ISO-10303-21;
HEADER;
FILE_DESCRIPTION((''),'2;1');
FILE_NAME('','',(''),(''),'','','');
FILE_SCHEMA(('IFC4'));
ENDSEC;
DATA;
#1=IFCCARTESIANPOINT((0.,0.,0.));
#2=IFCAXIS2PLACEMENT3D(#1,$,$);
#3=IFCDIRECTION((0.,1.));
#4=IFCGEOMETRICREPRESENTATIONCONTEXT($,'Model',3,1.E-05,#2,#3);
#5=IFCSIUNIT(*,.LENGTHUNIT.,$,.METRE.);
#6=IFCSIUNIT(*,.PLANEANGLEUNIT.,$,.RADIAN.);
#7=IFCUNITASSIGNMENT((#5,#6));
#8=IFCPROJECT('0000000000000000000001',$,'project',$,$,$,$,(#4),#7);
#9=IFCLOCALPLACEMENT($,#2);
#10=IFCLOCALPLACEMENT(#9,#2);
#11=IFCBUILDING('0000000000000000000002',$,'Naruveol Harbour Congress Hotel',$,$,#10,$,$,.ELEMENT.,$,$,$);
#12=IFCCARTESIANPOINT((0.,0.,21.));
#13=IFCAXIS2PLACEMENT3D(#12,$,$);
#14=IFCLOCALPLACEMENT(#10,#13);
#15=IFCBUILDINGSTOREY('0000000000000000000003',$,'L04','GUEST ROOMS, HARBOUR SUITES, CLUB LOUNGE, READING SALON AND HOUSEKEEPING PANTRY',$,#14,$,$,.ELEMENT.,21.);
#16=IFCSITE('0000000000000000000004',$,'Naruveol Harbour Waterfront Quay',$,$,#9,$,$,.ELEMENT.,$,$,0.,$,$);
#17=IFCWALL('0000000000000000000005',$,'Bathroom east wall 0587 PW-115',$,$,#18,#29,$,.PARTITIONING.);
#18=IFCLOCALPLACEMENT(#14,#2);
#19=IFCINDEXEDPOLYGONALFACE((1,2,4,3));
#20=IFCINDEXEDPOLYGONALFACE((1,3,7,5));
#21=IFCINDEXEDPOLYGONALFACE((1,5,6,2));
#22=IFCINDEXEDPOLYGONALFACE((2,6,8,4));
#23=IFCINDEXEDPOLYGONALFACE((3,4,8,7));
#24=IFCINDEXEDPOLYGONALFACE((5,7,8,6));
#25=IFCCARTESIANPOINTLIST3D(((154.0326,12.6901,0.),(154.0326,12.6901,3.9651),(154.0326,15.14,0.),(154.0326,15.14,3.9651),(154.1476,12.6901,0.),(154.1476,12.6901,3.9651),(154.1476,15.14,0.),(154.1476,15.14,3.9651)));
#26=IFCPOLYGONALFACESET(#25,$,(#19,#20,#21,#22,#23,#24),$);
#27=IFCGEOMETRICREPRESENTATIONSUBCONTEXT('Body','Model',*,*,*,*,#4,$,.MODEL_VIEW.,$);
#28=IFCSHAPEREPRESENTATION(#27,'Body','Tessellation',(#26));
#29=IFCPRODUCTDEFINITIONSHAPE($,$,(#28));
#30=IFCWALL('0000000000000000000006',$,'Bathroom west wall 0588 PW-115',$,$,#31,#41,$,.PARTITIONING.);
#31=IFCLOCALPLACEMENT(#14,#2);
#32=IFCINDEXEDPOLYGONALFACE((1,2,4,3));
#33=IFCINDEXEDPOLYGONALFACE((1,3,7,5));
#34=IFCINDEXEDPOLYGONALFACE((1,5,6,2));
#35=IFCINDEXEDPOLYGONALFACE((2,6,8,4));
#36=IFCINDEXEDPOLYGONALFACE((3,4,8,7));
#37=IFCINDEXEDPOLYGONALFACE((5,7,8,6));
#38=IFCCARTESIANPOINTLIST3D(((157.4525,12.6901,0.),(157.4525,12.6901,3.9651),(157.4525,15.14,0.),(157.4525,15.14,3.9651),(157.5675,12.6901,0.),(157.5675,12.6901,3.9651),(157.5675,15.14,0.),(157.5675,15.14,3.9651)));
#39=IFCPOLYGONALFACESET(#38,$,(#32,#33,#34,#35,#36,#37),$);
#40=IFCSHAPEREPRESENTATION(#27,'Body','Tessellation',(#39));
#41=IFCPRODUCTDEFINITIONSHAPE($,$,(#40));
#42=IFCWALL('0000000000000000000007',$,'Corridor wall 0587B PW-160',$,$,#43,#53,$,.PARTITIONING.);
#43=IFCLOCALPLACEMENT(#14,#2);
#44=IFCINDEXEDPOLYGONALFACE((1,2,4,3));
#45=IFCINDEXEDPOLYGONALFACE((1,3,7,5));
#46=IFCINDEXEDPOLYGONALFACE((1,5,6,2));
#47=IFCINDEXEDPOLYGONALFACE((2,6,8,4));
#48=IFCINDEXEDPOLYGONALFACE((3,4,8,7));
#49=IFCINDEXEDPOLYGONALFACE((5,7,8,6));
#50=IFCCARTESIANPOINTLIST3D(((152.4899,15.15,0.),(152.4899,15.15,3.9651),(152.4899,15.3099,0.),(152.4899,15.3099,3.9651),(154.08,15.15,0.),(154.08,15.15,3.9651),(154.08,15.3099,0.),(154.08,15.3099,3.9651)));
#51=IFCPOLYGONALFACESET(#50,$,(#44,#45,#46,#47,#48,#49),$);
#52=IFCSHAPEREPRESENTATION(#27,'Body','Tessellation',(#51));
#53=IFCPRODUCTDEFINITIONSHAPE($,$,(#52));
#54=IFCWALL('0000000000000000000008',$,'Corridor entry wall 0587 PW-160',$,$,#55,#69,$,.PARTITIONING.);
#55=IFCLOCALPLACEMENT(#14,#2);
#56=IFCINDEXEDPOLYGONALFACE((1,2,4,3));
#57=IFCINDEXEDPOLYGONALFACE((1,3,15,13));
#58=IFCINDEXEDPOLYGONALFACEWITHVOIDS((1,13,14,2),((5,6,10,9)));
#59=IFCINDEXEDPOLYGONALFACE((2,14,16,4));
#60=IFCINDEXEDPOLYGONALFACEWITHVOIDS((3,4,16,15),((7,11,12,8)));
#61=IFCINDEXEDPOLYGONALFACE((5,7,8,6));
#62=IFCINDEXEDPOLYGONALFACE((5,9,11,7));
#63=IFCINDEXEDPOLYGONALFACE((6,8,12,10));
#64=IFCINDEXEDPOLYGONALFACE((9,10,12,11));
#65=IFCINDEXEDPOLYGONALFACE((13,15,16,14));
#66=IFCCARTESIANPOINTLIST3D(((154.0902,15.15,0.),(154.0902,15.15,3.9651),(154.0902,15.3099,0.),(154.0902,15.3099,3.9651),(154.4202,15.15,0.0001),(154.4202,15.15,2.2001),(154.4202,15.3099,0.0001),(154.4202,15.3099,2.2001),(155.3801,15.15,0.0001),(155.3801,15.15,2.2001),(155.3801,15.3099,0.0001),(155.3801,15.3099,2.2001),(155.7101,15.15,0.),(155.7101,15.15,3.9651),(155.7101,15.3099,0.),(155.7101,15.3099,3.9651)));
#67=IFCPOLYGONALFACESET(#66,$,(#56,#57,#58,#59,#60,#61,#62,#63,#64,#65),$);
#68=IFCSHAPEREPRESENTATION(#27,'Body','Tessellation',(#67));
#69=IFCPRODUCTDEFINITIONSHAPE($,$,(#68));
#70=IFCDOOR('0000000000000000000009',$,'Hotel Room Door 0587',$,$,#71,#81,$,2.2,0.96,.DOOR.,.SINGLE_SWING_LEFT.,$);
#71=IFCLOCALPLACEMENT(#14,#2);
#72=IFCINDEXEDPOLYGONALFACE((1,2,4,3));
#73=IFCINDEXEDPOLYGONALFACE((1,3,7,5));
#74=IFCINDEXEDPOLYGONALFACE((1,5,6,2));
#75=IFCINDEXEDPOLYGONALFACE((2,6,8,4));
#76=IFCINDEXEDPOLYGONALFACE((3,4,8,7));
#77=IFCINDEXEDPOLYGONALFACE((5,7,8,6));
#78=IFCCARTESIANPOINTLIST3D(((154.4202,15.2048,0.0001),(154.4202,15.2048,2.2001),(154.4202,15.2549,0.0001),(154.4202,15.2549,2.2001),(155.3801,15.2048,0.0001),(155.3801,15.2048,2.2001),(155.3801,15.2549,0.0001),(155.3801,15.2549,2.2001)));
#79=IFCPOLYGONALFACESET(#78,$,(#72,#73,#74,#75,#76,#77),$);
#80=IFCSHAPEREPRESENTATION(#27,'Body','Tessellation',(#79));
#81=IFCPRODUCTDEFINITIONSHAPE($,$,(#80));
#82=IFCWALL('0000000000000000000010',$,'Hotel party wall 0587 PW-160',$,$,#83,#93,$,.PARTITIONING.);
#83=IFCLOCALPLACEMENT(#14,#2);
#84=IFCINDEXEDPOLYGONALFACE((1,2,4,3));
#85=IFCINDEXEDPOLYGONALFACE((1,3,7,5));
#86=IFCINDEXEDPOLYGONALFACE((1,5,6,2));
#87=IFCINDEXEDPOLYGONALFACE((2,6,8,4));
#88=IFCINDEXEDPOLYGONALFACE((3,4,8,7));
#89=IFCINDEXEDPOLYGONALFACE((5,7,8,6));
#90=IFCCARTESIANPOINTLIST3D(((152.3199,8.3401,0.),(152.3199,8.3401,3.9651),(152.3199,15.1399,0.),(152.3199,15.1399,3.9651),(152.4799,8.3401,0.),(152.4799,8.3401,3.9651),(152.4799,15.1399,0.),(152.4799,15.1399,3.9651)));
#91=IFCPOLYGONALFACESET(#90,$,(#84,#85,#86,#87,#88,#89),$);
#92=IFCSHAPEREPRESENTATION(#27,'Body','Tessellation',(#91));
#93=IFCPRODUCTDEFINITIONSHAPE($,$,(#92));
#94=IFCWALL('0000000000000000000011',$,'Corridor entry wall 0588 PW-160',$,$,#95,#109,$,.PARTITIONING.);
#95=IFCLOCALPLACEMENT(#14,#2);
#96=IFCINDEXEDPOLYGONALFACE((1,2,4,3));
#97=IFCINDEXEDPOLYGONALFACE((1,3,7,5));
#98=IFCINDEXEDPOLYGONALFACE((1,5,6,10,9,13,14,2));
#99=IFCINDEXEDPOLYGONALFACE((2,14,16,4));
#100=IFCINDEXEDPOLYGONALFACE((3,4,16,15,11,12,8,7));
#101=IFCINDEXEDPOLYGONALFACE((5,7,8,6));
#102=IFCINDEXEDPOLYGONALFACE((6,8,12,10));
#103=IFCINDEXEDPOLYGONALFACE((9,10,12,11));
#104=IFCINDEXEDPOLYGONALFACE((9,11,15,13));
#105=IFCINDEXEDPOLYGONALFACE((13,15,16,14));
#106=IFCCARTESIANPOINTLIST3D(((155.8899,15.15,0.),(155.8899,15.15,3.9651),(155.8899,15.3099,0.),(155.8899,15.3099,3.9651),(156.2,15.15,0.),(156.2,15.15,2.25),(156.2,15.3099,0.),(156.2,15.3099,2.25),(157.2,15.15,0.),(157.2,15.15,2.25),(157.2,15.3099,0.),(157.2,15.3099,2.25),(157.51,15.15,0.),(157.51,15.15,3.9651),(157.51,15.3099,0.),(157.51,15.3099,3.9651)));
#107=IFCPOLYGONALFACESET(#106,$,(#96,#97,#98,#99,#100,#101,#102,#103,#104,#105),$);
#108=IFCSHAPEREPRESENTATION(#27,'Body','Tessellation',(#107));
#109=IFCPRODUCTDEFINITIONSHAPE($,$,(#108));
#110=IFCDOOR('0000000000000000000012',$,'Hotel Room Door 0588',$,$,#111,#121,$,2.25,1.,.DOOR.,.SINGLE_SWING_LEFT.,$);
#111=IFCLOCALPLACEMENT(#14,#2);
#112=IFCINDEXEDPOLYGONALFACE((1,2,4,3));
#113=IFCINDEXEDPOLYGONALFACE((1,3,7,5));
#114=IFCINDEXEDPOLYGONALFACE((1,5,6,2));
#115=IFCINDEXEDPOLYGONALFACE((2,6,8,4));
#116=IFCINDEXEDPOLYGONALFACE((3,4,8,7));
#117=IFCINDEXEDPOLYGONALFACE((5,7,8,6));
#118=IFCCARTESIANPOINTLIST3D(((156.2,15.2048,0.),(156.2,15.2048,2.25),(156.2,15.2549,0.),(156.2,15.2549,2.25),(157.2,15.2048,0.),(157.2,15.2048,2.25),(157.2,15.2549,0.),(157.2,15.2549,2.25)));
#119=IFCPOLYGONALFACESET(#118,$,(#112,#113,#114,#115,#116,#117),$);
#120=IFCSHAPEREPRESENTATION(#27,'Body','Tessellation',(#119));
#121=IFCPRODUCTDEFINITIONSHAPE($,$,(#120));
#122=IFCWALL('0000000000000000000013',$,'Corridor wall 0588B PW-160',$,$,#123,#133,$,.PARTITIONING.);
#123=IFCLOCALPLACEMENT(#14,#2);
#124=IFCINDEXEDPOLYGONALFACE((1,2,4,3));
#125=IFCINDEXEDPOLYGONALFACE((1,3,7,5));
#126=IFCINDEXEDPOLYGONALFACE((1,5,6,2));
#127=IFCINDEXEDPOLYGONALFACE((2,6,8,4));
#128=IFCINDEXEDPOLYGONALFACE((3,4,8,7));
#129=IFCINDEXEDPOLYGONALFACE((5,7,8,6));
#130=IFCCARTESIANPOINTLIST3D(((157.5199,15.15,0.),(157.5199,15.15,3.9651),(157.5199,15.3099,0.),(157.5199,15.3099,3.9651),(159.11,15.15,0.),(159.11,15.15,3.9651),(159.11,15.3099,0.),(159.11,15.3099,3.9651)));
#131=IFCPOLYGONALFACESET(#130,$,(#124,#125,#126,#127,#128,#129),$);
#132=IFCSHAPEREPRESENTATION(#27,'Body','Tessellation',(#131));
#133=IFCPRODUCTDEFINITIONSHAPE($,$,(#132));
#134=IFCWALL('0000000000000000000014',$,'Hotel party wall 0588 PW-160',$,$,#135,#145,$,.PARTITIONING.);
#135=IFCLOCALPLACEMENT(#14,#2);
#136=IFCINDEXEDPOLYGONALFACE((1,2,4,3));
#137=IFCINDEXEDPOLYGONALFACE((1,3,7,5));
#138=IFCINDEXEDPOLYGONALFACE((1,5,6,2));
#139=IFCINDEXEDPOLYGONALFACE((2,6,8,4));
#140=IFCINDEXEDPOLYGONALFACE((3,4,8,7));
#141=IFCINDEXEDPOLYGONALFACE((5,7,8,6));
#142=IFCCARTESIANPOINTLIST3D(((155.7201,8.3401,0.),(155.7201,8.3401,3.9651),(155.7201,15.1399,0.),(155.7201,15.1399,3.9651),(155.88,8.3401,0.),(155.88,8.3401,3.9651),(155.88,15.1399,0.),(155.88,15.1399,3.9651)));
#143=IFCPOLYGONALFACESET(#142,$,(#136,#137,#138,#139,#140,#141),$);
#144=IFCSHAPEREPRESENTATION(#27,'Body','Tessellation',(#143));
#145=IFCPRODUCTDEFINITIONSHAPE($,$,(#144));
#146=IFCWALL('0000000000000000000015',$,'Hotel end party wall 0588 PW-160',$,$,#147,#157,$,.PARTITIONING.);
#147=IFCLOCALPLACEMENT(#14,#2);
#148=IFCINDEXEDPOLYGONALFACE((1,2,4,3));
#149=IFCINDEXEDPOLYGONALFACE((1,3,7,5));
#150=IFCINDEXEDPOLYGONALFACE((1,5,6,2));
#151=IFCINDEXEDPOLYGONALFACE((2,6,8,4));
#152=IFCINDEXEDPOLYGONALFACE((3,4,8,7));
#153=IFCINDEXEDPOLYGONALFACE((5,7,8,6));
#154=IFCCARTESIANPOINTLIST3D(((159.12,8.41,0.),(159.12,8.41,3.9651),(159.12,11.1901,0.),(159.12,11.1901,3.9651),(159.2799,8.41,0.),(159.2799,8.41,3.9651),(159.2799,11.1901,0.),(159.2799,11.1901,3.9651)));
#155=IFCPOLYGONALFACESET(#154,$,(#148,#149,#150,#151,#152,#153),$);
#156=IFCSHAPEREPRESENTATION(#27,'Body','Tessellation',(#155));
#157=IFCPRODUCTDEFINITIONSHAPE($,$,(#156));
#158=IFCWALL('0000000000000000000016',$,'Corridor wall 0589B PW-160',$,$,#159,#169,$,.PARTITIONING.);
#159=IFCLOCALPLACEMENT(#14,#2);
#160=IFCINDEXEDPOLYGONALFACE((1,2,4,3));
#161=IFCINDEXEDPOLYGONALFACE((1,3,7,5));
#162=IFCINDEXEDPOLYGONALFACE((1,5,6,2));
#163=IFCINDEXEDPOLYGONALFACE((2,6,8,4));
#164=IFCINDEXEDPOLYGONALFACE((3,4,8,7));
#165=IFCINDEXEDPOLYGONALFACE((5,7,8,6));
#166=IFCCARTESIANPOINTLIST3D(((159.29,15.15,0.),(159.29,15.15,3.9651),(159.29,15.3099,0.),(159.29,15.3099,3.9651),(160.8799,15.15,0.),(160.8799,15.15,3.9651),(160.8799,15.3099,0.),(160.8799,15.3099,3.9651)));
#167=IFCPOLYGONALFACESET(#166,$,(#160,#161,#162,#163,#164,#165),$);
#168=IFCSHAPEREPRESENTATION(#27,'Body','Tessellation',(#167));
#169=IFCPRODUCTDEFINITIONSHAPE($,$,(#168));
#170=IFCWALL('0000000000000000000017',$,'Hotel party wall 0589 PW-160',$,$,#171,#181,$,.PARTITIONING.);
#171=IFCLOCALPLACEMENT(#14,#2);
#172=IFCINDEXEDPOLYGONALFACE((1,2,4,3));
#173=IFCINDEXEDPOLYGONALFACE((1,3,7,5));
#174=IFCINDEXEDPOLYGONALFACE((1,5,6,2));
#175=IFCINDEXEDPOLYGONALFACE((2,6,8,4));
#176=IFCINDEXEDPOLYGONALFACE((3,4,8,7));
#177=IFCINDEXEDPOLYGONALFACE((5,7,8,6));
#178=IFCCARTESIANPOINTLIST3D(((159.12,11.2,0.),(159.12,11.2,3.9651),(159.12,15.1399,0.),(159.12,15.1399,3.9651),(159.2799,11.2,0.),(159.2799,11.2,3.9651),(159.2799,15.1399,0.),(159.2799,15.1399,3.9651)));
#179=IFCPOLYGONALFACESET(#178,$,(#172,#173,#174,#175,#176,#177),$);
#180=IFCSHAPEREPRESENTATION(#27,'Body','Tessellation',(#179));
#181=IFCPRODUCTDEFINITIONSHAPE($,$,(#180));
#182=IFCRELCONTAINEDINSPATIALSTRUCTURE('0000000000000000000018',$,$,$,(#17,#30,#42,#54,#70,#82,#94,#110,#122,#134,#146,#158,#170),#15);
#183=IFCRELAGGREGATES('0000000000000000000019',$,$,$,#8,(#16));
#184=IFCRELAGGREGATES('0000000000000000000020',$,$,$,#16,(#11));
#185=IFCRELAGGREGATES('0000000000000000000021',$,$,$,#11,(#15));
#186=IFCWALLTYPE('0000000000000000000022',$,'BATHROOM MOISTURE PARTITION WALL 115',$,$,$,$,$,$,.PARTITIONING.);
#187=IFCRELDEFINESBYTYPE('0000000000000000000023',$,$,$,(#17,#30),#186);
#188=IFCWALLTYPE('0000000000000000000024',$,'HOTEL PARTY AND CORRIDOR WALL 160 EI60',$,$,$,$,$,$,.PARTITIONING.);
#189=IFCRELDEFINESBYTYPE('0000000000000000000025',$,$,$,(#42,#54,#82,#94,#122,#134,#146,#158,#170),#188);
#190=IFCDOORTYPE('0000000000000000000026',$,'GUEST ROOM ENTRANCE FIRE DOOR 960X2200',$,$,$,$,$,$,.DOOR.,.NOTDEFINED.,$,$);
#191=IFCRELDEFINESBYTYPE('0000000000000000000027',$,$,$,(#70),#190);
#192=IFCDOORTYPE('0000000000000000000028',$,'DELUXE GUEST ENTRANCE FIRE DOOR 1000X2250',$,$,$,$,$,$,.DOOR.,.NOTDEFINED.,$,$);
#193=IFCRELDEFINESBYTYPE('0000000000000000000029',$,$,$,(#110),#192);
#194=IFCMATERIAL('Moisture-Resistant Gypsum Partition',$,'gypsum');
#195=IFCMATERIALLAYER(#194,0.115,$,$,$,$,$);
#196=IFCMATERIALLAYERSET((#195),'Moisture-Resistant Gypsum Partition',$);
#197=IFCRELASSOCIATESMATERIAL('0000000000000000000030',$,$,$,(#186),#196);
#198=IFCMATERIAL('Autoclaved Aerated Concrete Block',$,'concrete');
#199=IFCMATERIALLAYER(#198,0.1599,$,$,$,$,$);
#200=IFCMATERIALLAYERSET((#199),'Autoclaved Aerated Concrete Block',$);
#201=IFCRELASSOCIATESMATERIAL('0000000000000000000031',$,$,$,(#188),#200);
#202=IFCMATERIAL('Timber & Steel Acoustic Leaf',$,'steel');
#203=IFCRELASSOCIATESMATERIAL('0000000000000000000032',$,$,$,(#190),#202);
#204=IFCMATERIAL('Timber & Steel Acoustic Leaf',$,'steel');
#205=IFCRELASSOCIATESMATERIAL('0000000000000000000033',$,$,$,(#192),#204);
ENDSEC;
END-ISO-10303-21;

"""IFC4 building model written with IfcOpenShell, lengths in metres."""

from ifc_helpers import new_model, si_unit, direction, frame, frame_2d, origin, place, context, subcontext, project, spatial, rectangle, extrude, material, layer, layer_set, type_object, element, fill, save


model = new_model("IFC4")

# Units and contexts
model_context = context("Model", 3, precision=1e-05, world=origin(), true_north=direction((0.0, 1.0)))
body_context = subcontext(model_context, "Body", "Model", "MODEL_VIEW")
ifc_project = project(units=[si_unit("LENGTHUNIT", "METRE"), si_unit("PLANEANGLEUNIT", "RADIAN")], contexts=[model_context])

# Site, building, storey
site_placement = place(None, origin())
site = spatial("IfcSite", under=ifc_project, at=site_placement, Name="Naruveol Harbour Waterfront Quay", CompositionType="ELEMENT", RefElevation=0.0)
building_placement = place(site_placement, origin())
building = spatial("IfcBuilding", under=site, at=building_placement, Name="Naruveol Harbour Congress Hotel", CompositionType="ELEMENT")
storey_placement = place(building_placement, frame((0.0, 0.0, 21.0)))
storey = spatial("IfcBuildingStorey", under=building, at=storey_placement, Name="L04", Description="GUEST ROOMS, HARBOUR SUITES, CLUB LOUNGE, READING SALON AND HOUSEKEEPING PANTRY", CompositionType="ELEMENT", Elevation=21.0)

# Wall
ifc_material_1 = material(Name="Moisture-Resistant Gypsum Partition", Category="gypsum")
ifc_layer_1 = layer(ifc_material_1, 0.115)
ifc_layer_set_1 = layer_set([ifc_layer_1], Name="Moisture-Resistant Gypsum Partition")
wall_type_1 = type_object("IfcWallType", Name="BATHROOM MOISTURE PARTITION WALL 115", PredefinedType="PARTITIONING", material=ifc_layer_set_1)
wall_1_placement = place(storey_placement, frame((154.0901, 12.6899, 0.0), z_axis=(0.0, 0.0, 1.0), x_axis=(0.0, 1.0, 0.0)))
element("IfcWall", 1, at=wall_1_placement, inside=storey, type_object=wall_type_1, Name="Bathroom east wall 0587 PW-115", PredefinedType="PARTITIONING", context=body_context, shape_type="SweptSolid", body=[
    extrude(rectangle(XDim=2.45, YDim=0.115, at=frame_2d((1.2251, 0.0))), origin(), (0.0, 0.0, 1.0), 3.9651),
])

# Wall
wall_2_placement = place(storey_placement, frame((157.51, 12.6899, 0.0), z_axis=(0.0, 0.0, 1.0), x_axis=(0.0, 1.0, 0.0)))
element("IfcWall", 2, at=wall_2_placement, inside=storey, type_object=wall_type_1, Name="Bathroom west wall 0588 PW-115", PredefinedType="PARTITIONING", context=body_context, shape_type="SweptSolid", body=[
    extrude(rectangle(XDim=2.45, YDim=0.115, at=frame_2d((1.2251, 0.0))), origin(), (0.0, 0.0, 1.0), 3.9651),
])

# Wall
ifc_material_2 = material(Name="Autoclaved Aerated Concrete Block", Category="concrete")
ifc_layer_2 = layer(ifc_material_2, 0.1599)
ifc_layer_set_2 = layer_set([ifc_layer_2], Name="Autoclaved Aerated Concrete Block")
wall_type_2 = type_object("IfcWallType", Name="HOTEL PARTY AND CORRIDOR WALL 160 EI60", PredefinedType="PARTITIONING", material=ifc_layer_set_2)
wall_3_placement = place(storey_placement, frame((152.49, 15.23, 0.0), z_axis=(0.0, 0.0, 1.0), x_axis=(1.0, 0.0, 0.0)))
element("IfcWall", 3, at=wall_3_placement, inside=storey, type_object=wall_type_2, Name="Corridor wall 0587B PW-160", PredefinedType="PARTITIONING", context=body_context, shape_type="SweptSolid", body=[
    extrude(rectangle(XDim=1.5901, YDim=0.1599, at=frame_2d((0.7949, 0.0))), origin(), (0.0, 0.0, 1.0), 3.9651),
])

# Wall, opening, door
wall_4_placement = place(storey_placement, frame((154.0901, 15.23, 0.0), z_axis=(0.0, 0.0, 1.0), x_axis=(1.0, 0.0, 0.0)))
wall_4 = element("IfcWall", 4, at=wall_4_placement, inside=storey, type_object=wall_type_2, Name="Corridor entry wall 0587 PW-160", PredefinedType="PARTITIONING", context=body_context, shape_type="SweptSolid", body=[
    extrude(rectangle(XDim=1.6199, YDim=0.1599, at=frame_2d((0.8101, 0.0))), origin(), (0.0, 0.0, 1.0), 3.9651),
])
opening_1_placement = place(wall_4_placement, frame((0.3301, 0.0, 0.0)))
opening_1 = element("IfcOpeningElement", 5, at=opening_1_placement, cuts=wall_4, PredefinedType="OPENING", context=body_context, shape_type="SweptSolid", body=[
    extrude(rectangle(XDim=0.96, YDim=2.2, at=frame_2d((0.48, 1.1001))), frame((0.0, 0.0898, 0.0), z_axis=(0.0, -1.0, 0.0), x_axis=(1.0, 0.0, 0.0)), (0.0, 0.0, 1.0), 0.1799),
])
ifc_material_3 = material(Name="Timber & Steel Acoustic Leaf", Category="steel")
door_type_1 = type_object("IfcDoorType", Name="GUEST ROOM ENTRANCE FIRE DOOR 960X2200", OperationType="NOTDEFINED", PredefinedType="DOOR", material=ifc_material_3)
door_1_placement = place(opening_1_placement, origin())
door_1 = element("IfcDoor", 6, at=door_1_placement, inside=storey, type_object=door_type_1, Name="Hotel Room Door 0587", OperationType="SINGLE_SWING_LEFT", OverallHeight=2.2, OverallWidth=0.96, PredefinedType="DOOR", context=body_context, shape_type="SweptSolid", body=[
    extrude(rectangle(XDim=0.96, YDim=2.2, at=frame_2d((0.48, 1.1001))), frame((0.0, 0.0249, 0.0), z_axis=(0.0, -1.0, 0.0), x_axis=(1.0, 0.0, 0.0)), (0.0, 0.0, 1.0), 0.05),
])
fill(opening_1, door_1)

# Wall
wall_5_placement = place(storey_placement, frame((152.3999, 8.3401, 0.0), z_axis=(0.0, 0.0, 1.0), x_axis=(0.0, 1.0, 0.0)))
element("IfcWall", 7, at=wall_5_placement, inside=storey, type_object=wall_type_2, Name="Hotel party wall 0587 PW-160", PredefinedType="PARTITIONING", context=body_context, shape_type="SweptSolid", body=[
    extrude(rectangle(XDim=6.7998, YDim=0.1599, at=frame_2d((3.3999, 0.0))), origin(), (0.0, 0.0, 1.0), 3.9651),
])

# Wall, opening, door
wall_6_placement = place(storey_placement, frame((155.8899, 15.23, 0.0), z_axis=(0.0, 0.0, 1.0), x_axis=(1.0, 0.0, 0.0)))
wall_6 = element("IfcWall", 8, at=wall_6_placement, inside=storey, type_object=wall_type_2, Name="Corridor entry wall 0588 PW-160", PredefinedType="PARTITIONING", context=body_context, shape_type="SweptSolid", body=[
    extrude(rectangle(XDim=1.6201, YDim=0.1599, at=frame_2d((0.8101, 0.0))), origin(), (0.0, 0.0, 1.0), 3.9651),
])
opening_2_placement = place(wall_6_placement, frame((0.3101, 0.0, 0.0)))
opening_2 = element("IfcOpeningElement", 9, at=opening_2_placement, cuts=wall_6, PredefinedType="OPENING", context=body_context, shape_type="SweptSolid", body=[
    extrude(rectangle(XDim=1.0, YDim=2.25, at=frame_2d((0.5, 1.125))), frame((0.0, 0.0898, 0.0), z_axis=(0.0, -1.0, 0.0), x_axis=(1.0, 0.0, 0.0)), (0.0, 0.0, 1.0), 0.1799),
])
ifc_material_4 = material(Name="Timber & Steel Acoustic Leaf", Category="steel")
door_type_2 = type_object("IfcDoorType", Name="DELUXE GUEST ENTRANCE FIRE DOOR 1000X2250", OperationType="NOTDEFINED", PredefinedType="DOOR", material=ifc_material_4)
door_2_placement = place(opening_2_placement, origin())
door_2 = element("IfcDoor", 10, at=door_2_placement, inside=storey, type_object=door_type_2, Name="Hotel Room Door 0588", OperationType="SINGLE_SWING_LEFT", OverallHeight=2.25, OverallWidth=1.0, PredefinedType="DOOR", context=body_context, shape_type="SweptSolid", body=[
    extrude(rectangle(XDim=1.0, YDim=2.25, at=frame_2d((0.5, 1.125))), frame((0.0, 0.0249, 0.0), z_axis=(0.0, -1.0, 0.0), x_axis=(1.0, 0.0, 0.0)), (0.0, 0.0, 1.0), 0.05),
])
fill(opening_2, door_2)

# Walls
wall_7_placement = place(storey_placement, frame((157.52, 15.23, 0.0), z_axis=(0.0, 0.0, 1.0), x_axis=(1.0, 0.0, 0.0)))
element("IfcWall", 11, at=wall_7_placement, inside=storey, type_object=wall_type_2, Name="Corridor wall 0588B PW-160", PredefinedType="PARTITIONING", context=body_context, shape_type="SweptSolid", body=[
    extrude(rectangle(XDim=1.5901, YDim=0.1599, at=frame_2d((0.7949, 0.0))), origin(), (0.0, 0.0, 1.0), 3.9651),
])
wall_8_placement = place(storey_placement, frame((155.8, 8.3401, 0.0), z_axis=(0.0, 0.0, 1.0), x_axis=(0.0, 1.0, 0.0)))
element("IfcWall", 12, at=wall_8_placement, inside=storey, type_object=wall_type_2, Name="Hotel party wall 0588 PW-160", PredefinedType="PARTITIONING", context=body_context, shape_type="SweptSolid", body=[
    extrude(rectangle(XDim=6.7998, YDim=0.1599, at=frame_2d((3.3999, 0.0))), origin(), (0.0, 0.0, 1.0), 3.9651),
])
wall_9_placement = place(storey_placement, frame((159.2, 8.4099, 0.0), z_axis=(0.0, 0.0, 1.0), x_axis=(0.0, 1.0, 0.0)))
element("IfcWall", 13, at=wall_9_placement, inside=storey, type_object=wall_type_2, Name="Hotel end party wall 0588 PW-160", PredefinedType="PARTITIONING", context=body_context, shape_type="SweptSolid", body=[
    extrude(rectangle(XDim=2.78, YDim=0.1599, at=frame_2d((1.3901, 0.0))), origin(), (0.0, 0.0, 1.0), 3.9651),
])
wall_10_placement = place(storey_placement, frame((159.29, 15.23, 0.0), z_axis=(0.0, 0.0, 1.0), x_axis=(1.0, 0.0, 0.0)))
element("IfcWall", 14, at=wall_10_placement, inside=storey, type_object=wall_type_2, Name="Corridor wall 0589B PW-160", PredefinedType="PARTITIONING", context=body_context, shape_type="SweptSolid", body=[
    extrude(rectangle(XDim=1.5898, YDim=0.1599, at=frame_2d((0.7949, 0.0))), origin(), (0.0, 0.0, 1.0), 3.9651),
])
wall_11_placement = place(storey_placement, frame((159.2, 11.2, 0.0), z_axis=(0.0, 0.0, 1.0), x_axis=(0.0, 1.0, 0.0)))
element("IfcWall", 15, at=wall_11_placement, inside=storey, type_object=wall_type_2, Name="Hotel party wall 0589 PW-160", PredefinedType="PARTITIONING", context=body_context, shape_type="SweptSolid", body=[
    extrude(rectangle(XDim=3.9399, YDim=0.1599, at=frame_2d((1.97, 0.0))), origin(), (0.0, 0.0, 1.0), 3.9651),
])

save(model, "model.ifc")
